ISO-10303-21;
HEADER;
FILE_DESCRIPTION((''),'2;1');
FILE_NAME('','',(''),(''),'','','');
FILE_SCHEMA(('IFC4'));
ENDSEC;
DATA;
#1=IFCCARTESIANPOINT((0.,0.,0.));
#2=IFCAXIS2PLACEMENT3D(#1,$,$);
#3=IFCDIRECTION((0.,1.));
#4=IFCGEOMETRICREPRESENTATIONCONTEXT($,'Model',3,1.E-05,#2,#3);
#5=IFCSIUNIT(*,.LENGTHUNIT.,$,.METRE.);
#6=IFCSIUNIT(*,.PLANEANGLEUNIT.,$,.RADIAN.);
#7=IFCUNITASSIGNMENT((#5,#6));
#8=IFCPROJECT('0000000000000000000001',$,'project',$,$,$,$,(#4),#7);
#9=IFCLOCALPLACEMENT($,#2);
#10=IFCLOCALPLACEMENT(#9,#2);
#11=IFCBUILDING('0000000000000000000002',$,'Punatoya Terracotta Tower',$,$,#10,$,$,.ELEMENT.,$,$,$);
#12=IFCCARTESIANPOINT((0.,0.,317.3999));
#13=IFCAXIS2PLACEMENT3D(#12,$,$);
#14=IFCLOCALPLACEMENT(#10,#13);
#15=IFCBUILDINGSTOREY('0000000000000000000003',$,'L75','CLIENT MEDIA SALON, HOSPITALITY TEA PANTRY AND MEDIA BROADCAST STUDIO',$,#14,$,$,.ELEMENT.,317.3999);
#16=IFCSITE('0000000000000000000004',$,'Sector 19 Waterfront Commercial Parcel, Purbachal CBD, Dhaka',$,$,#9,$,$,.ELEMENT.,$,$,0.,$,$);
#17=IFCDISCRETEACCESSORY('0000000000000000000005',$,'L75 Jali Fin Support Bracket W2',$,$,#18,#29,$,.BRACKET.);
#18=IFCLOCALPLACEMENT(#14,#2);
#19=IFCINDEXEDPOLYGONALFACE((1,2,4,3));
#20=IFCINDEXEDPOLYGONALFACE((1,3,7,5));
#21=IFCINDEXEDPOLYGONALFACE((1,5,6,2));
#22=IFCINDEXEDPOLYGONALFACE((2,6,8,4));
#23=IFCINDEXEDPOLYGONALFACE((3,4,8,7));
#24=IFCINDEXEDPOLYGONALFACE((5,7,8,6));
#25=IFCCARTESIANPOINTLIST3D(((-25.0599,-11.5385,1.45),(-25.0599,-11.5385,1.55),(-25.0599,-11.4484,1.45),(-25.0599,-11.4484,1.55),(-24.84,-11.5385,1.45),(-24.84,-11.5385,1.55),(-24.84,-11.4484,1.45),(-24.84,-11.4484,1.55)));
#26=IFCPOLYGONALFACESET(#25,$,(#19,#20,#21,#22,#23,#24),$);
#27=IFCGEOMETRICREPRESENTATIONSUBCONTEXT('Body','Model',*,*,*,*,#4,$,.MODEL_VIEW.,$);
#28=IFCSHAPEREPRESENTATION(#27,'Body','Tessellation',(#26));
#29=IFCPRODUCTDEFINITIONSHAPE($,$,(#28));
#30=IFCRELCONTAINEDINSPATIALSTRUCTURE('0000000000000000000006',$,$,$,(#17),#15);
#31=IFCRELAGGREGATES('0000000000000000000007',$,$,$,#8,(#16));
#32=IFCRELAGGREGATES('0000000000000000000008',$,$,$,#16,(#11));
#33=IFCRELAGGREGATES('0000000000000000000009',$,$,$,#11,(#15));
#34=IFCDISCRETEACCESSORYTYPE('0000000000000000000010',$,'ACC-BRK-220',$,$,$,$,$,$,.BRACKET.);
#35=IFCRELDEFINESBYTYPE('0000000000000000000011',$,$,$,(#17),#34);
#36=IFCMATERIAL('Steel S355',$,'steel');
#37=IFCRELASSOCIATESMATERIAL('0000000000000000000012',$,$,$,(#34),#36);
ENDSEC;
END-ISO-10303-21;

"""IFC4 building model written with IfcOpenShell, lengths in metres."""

from ifc_helpers import new_model, si_unit, direction, frame, origin, origin_2d, place, context, subcontext, project, spatial, rectangle, extrude, material, type_object, element, save


model = new_model("IFC4")

# Units and contexts
model_context = context("Model", 3, precision=1e-05, world=origin(), true_north=direction((0.0, 1.0)))
body_context = subcontext(model_context, "Body", "Model", "MODEL_VIEW")
ifc_project = project(units=[si_unit("LENGTHUNIT", "METRE"), si_unit("PLANEANGLEUNIT", "RADIAN")], contexts=[model_context])

# Site, building, storey
site_placement = place(None, origin())
site = spatial("IfcSite", under=ifc_project, at=site_placement, Name="Sector 19 Waterfront Commercial Parcel, Purbachal CBD, Dhaka", CompositionType="ELEMENT", RefElevation=0.0)
building_placement = place(site_placement, origin())
building = spatial("IfcBuilding", under=site, at=building_placement, Name="Punatoya Terracotta Tower", CompositionType="ELEMENT")
storey_placement = place(building_placement, frame((0.0, 0.0, 317.3999)))
storey = spatial("IfcBuildingStorey", under=building, at=storey_placement, Name="L75", Description="CLIENT MEDIA SALON, HOSPITALITY TEA PANTRY AND MEDIA BROADCAST STUDIO", CompositionType="ELEMENT", Elevation=317.3999)

# Shared definitions
ifc_material_1 = material(Name="Steel S355", Category="steel")

# Discrete accessory
discrete_accessory_type = type_object("IfcDiscreteAccessoryType", Name="ACC-BRK-220", PredefinedType="BRACKET", material=ifc_material_1)
discrete_accessory_placement = place(storey_placement, frame((-24.95, -11.4934, 1.45), z_axis=(0.0, 0.0, 1.0), x_axis=(0.0, -1.0, 0.0)))
element("IfcDiscreteAccessory", 1, at=discrete_accessory_placement, inside=storey, type_object=discrete_accessory_type, Name="L75 Jali Fin Support Bracket W2", PredefinedType="BRACKET", context=body_context, shape_type="SweptSolid", body=[
    extrude(rectangle(XDim=0.0901, YDim=0.22, at=origin_2d()), origin(), (0.0, 0.0, 1.0), 0.1001),
])

save(model, "model.ifc")
